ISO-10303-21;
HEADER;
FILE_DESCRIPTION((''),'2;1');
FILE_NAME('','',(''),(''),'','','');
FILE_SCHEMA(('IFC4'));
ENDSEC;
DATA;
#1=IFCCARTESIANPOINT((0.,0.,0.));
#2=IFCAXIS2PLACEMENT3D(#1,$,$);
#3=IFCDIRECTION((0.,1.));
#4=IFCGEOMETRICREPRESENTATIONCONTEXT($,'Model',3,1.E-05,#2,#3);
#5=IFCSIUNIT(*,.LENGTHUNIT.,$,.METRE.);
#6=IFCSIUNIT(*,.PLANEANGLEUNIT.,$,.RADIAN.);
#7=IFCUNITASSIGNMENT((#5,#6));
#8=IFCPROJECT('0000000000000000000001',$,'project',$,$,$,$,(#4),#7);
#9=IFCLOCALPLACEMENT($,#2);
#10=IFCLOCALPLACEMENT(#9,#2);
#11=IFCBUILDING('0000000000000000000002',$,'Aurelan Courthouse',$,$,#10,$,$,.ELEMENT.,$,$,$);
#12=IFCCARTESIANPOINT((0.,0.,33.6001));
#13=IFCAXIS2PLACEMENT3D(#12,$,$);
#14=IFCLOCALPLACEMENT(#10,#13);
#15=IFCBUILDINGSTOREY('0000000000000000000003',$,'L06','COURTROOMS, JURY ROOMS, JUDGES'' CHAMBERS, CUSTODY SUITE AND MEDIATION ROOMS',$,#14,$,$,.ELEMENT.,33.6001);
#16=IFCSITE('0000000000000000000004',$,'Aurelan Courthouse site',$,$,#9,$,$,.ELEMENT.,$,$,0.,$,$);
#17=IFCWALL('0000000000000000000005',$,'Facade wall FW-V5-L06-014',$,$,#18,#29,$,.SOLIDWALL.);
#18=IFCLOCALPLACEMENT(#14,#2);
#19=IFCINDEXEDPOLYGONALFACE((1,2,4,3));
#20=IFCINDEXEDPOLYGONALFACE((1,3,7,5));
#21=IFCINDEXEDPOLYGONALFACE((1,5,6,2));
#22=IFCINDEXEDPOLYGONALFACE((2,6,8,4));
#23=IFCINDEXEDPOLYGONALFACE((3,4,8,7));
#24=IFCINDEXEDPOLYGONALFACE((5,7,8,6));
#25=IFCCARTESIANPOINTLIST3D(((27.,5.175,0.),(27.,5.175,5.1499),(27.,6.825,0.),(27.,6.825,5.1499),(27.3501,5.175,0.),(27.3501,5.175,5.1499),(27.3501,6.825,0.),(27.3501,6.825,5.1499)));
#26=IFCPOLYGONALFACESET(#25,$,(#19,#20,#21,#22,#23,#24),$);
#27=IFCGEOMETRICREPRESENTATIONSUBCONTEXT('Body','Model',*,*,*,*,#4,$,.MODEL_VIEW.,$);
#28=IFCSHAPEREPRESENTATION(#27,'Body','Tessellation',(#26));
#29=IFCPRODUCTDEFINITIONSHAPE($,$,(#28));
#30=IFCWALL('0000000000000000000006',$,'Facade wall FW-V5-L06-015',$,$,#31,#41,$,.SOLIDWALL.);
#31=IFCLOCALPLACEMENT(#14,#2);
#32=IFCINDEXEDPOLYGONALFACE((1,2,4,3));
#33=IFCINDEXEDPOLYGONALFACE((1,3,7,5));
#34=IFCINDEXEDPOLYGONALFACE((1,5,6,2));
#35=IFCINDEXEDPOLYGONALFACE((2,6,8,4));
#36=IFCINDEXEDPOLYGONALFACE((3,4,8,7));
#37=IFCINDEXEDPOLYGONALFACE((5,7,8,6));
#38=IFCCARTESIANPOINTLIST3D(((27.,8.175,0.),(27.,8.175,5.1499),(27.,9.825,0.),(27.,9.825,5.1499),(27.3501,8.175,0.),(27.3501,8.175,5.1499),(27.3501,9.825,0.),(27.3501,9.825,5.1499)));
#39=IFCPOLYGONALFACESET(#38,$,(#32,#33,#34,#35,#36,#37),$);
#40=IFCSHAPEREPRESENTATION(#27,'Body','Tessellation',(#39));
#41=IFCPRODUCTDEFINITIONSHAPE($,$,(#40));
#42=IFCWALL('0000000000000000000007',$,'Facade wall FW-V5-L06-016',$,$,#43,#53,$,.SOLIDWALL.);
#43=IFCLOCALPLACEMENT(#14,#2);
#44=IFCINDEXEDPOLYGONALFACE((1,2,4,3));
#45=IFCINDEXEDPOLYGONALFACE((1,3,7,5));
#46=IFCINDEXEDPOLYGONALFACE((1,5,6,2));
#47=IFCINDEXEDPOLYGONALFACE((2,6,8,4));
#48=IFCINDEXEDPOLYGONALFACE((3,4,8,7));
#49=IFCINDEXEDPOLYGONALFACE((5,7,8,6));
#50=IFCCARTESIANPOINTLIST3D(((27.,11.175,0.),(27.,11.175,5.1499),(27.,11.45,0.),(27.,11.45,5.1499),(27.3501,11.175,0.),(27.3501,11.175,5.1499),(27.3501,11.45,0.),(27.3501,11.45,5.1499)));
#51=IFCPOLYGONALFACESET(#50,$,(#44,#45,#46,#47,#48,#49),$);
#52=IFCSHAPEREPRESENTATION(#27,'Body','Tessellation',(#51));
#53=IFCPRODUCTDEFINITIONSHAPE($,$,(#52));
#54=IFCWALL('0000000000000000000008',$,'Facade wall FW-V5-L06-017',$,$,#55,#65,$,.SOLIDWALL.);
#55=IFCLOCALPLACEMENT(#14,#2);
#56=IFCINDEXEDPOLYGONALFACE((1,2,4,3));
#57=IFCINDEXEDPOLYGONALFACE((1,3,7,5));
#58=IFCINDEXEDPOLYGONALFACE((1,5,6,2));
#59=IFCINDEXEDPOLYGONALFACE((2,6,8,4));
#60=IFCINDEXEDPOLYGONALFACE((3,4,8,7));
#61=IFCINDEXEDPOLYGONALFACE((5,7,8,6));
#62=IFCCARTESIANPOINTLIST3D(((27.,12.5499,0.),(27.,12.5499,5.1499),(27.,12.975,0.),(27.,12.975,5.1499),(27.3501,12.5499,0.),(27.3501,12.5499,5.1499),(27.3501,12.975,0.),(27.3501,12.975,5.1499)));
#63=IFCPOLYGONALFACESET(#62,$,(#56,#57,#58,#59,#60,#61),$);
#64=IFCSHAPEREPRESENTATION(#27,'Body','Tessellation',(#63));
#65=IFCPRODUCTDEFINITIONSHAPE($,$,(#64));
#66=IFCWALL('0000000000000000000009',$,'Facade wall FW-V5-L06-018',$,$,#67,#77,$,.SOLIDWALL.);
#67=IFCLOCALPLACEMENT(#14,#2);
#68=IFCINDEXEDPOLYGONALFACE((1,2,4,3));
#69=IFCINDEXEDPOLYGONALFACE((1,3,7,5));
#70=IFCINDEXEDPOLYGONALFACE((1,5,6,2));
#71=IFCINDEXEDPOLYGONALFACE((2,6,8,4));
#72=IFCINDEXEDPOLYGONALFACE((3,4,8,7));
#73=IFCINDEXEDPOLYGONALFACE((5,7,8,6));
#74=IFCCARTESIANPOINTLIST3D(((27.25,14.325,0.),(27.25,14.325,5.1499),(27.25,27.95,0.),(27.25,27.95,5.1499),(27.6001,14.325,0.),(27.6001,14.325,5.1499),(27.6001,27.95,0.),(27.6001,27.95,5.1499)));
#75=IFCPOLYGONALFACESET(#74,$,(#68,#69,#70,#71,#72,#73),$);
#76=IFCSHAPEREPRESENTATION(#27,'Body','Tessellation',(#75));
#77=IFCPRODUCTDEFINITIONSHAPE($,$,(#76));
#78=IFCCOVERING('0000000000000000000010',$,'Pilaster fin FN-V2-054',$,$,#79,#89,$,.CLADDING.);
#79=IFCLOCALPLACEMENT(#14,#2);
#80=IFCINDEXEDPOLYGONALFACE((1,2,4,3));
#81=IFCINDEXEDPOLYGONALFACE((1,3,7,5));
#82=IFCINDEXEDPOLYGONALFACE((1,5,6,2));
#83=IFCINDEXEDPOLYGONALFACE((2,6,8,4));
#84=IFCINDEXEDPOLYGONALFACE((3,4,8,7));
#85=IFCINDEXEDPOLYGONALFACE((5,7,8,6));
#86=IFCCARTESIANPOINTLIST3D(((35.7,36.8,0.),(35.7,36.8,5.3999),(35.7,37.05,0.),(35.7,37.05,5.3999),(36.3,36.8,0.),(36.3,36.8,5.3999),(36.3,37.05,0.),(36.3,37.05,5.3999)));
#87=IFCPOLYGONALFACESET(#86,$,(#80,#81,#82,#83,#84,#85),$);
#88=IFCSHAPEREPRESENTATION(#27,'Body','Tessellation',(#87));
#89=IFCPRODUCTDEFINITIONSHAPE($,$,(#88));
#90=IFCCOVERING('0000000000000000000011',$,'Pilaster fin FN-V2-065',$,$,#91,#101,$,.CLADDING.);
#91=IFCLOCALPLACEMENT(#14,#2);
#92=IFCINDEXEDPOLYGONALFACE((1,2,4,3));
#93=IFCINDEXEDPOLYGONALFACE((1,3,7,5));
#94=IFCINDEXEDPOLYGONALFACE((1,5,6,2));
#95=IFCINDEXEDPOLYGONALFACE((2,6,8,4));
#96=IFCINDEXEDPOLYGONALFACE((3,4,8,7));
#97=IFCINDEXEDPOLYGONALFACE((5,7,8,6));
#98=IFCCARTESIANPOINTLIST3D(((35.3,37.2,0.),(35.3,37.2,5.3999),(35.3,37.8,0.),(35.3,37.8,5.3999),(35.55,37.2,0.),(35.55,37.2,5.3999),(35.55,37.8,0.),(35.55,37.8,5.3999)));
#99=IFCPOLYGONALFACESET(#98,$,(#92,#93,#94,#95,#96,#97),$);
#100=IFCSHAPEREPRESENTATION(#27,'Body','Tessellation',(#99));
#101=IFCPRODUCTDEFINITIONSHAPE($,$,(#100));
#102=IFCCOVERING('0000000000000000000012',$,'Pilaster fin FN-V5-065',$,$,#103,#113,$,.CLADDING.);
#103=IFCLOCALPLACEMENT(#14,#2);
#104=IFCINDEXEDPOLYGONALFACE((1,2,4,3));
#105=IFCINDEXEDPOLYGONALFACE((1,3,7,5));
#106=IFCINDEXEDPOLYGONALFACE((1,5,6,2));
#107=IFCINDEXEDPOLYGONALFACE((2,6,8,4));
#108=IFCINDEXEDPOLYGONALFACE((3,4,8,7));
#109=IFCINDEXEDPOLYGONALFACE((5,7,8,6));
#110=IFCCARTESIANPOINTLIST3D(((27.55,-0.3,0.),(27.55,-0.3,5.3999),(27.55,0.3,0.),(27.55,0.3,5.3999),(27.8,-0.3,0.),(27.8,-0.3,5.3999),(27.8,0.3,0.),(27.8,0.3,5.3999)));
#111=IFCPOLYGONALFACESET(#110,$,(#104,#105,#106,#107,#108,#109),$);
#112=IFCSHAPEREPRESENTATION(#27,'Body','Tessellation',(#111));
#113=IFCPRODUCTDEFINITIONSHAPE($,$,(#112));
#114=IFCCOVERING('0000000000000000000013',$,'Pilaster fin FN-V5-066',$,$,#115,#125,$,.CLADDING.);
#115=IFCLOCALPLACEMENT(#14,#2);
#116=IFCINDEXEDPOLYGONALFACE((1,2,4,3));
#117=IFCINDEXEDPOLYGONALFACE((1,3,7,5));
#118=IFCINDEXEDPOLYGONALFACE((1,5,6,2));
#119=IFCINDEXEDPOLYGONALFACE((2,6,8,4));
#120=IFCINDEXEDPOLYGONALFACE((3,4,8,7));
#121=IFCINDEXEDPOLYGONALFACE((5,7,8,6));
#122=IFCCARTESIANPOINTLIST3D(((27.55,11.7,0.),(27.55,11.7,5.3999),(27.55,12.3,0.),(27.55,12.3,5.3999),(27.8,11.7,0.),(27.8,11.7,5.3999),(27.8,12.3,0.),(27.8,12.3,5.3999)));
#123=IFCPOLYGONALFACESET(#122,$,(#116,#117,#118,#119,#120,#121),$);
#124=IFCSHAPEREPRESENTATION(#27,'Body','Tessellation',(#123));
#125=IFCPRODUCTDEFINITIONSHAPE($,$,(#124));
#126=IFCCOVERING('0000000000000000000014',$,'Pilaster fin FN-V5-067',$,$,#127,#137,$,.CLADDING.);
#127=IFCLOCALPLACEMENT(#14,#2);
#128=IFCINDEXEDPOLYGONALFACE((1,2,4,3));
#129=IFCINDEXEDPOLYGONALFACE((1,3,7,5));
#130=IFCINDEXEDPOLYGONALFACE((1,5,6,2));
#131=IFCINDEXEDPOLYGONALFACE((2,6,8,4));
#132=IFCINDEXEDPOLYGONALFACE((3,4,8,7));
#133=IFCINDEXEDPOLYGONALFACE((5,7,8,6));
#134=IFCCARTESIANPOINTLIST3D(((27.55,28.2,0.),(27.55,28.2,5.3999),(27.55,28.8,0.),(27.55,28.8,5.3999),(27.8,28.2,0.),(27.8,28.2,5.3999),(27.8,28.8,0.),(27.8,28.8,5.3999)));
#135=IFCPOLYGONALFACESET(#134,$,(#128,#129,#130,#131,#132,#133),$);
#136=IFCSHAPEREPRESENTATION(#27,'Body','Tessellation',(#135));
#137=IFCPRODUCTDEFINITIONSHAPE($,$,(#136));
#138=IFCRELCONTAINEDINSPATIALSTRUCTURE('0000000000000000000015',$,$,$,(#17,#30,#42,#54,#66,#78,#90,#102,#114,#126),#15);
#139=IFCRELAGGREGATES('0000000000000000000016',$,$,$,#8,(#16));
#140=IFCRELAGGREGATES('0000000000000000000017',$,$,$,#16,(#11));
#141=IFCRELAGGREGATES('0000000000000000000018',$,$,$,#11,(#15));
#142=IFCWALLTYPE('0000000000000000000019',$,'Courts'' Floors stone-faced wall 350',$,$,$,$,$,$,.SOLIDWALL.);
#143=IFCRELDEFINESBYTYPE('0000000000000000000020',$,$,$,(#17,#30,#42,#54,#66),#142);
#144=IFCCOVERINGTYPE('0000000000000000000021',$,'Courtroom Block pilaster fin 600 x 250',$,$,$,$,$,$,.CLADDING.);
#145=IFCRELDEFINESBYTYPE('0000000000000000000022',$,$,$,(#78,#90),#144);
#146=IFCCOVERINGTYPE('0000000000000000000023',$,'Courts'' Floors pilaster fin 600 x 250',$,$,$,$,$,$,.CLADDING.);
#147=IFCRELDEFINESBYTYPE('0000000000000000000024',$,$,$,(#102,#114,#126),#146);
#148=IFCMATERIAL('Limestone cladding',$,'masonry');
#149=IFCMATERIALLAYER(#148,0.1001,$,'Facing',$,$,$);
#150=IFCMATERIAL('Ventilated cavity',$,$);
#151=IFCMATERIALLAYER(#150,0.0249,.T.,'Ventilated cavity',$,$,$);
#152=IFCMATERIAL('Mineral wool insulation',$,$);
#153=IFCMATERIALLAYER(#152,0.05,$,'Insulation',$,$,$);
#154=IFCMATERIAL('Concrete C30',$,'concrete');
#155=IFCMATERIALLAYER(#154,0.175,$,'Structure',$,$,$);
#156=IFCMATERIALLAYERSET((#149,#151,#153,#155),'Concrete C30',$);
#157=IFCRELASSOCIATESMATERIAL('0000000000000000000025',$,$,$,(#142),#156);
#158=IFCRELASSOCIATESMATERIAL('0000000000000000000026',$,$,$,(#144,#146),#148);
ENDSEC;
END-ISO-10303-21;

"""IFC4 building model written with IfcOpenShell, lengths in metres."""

from ifc_helpers import new_model, si_unit, direction, frame, frame_2d, origin, origin_2d, place, context, subcontext, project, spatial, rectangle, extrude, material, layer, layer_set, type_object, element, save


model = new_model("IFC4")

# Units and contexts
model_context = context("Model", 3, precision=1e-05, world=origin(), true_north=direction((0.0, 1.0)))
body_context = subcontext(model_context, "Body", "Model", "MODEL_VIEW")
ifc_project = project(units=[si_unit("LENGTHUNIT", "METRE"), si_unit("PLANEANGLEUNIT", "RADIAN")], contexts=[model_context])

# Site, building, storey
site_placement = place(None, origin())
site = spatial("IfcSite", under=ifc_project, at=site_placement, Name="Aurelan Courthouse site", CompositionType="ELEMENT", RefElevation=0.0)
building_placement = place(site_placement, origin())
building = spatial("IfcBuilding", under=site, at=building_placement, Name="Aurelan Courthouse", CompositionType="ELEMENT")
storey_placement = place(building_placement, frame((0.0, 0.0, 33.6001)))
storey = spatial("IfcBuildingStorey", under=building, at=storey_placement, Name="L06", Description="COURTROOMS, JURY ROOMS, JUDGES' CHAMBERS, CUSTODY SUITE AND MEDIATION ROOMS", CompositionType="ELEMENT", Elevation=33.6001)

# Shared definitions
ifc_material_1 = material(Name="Limestone cladding", Category="masonry")
ifc_material_2 = material(Name="Ventilated cavity")
ifc_material_3 = material(Name="Mineral wool insulation")
ifc_material_4 = material(Name="Concrete C30", Category="concrete")

# Walls
ifc_layer_1 = layer(ifc_material_1, 0.1001, Name="Facing")
ifc_layer_2 = layer(ifc_material_2, 0.0249, ventilated=True, Name="Ventilated cavity")
ifc_layer_3 = layer(ifc_material_3, 0.05, Name="Insulation")
ifc_layer_4 = layer(ifc_material_4, 0.175, Name="Structure")
ifc_layer_set_1 = layer_set([ifc_layer_1, ifc_layer_2, ifc_layer_3, ifc_layer_4], Name="Concrete C30")
wall_type_1 = type_object("IfcWallType", Name="Courts' Floors stone-faced wall 350", PredefinedType="SOLIDWALL", material=ifc_layer_set_1)
for number, where, z_axis, x_axis, name in (
    (1, (27.175, 5.175, 0.0), (0.0, 0.0, 1.0), (0.0, 1.0, 0.0), "Facade wall FW-V5-L06-014"),
    (2, (27.175, 8.175, 0.0), (0.0, 0.0, 1.0), (0.0, 1.0, 0.0), "Facade wall FW-V5-L06-015"),
):
    element("IfcWall", number, at=place(storey_placement, frame(where, z_axis=z_axis, x_axis=x_axis)), inside=storey, type_object=wall_type_1, Name=name, PredefinedType="SOLIDWALL", context=body_context, shape_type="SweptSolid", body=[
        extrude(rectangle(XDim=1.6499, YDim=0.3501, at=frame_2d((0.825, 0.0))), origin(), (0.0, 0.0, 1.0), 5.1499),
    ])
wall_1_placement = place(storey_placement, frame((27.175, 11.175, 0.0), z_axis=(0.0, 0.0, 1.0), x_axis=(0.0, 1.0, 0.0)))
element("IfcWall", 3, at=wall_1_placement, inside=storey, type_object=wall_type_1, Name="Facade wall FW-V5-L06-016", PredefinedType="SOLIDWALL", context=body_context, shape_type="SweptSolid", body=[
    extrude(rectangle(XDim=0.2749, YDim=0.3501, at=frame_2d((0.1375, 0.0))), origin(), (0.0, 0.0, 1.0), 5.1499),
])
wall_2_placement = place(storey_placement, frame((27.175, 12.55, 0.0), z_axis=(0.0, 0.0, 1.0), x_axis=(0.0, 1.0, 0.0)))
element("IfcWall", 4, at=wall_2_placement, inside=storey, type_object=wall_type_1, Name="Facade wall FW-V5-L06-017", PredefinedType="SOLIDWALL", context=body_context, shape_type="SweptSolid", body=[
    extrude(rectangle(XDim=0.425, YDim=0.3501, at=frame_2d((0.2124, 0.0))), origin(), (0.0, 0.0, 1.0), 5.1499),
])
wall_3_placement = place(storey_placement, frame((27.425, 14.325, 0.0), z_axis=(0.0, 0.0, 1.0), x_axis=(0.0, 1.0, 0.0)))
element("IfcWall", 5, at=wall_3_placement, inside=storey, type_object=wall_type_1, Name="Facade wall FW-V5-L06-018", PredefinedType="SOLIDWALL", context=body_context, shape_type="SweptSolid", body=[
    extrude(rectangle(XDim=13.625, YDim=0.3501, at=frame_2d((6.8125, 0.0))), origin(), (0.0, 0.0, 1.0), 5.1499),
])

# Coverings
covering_type_1 = type_object("IfcCoveringType", Name="Courtroom Block pilaster fin 600 x 250", PredefinedType="CLADDING", material=ifc_material_1)
covering_1_placement = place(storey_placement, frame((36.0, 36.925, 0.0), z_axis=(0.0, 0.0, 1.0), x_axis=(1.0, 0.0, 0.0)))
element("IfcCovering", 6, at=covering_1_placement, inside=storey, type_object=covering_type_1, Name="Pilaster fin FN-V2-054", PredefinedType="CLADDING", context=body_context, shape_type="SweptSolid", body=[
    extrude(rectangle(XDim=0.6001, YDim=0.25, at=origin_2d()), origin(), (0.0, 0.0, 1.0), 5.3999),
])
covering_2_placement = place(storey_placement, frame((35.425, 37.5, 0.0), z_axis=(0.0, 0.0, 1.0), x_axis=(1.0, 0.0, 0.0)))
element("IfcCovering", 7, at=covering_2_placement, inside=storey, type_object=covering_type_1, Name="Pilaster fin FN-V2-065", PredefinedType="CLADDING", context=body_context, shape_type="SweptSolid", body=[
    extrude(rectangle(XDim=0.25, YDim=0.6001, at=origin_2d()), origin(), (0.0, 0.0, 1.0), 5.3999),
])
covering_type_2 = type_object("IfcCoveringType", Name="Courts' Floors pilaster fin 600 x 250", PredefinedType="CLADDING", material=ifc_material_1)
for number, where, z_axis, x_axis, name in (
    (8, (27.675, 0.0, 0.0), (0.0, 0.0, 1.0), (1.0, 0.0, 0.0), "Pilaster fin FN-V5-065"),
    (9, (27.675, 12.0, 0.0), (0.0, 0.0, 1.0), (1.0, 0.0, 0.0), "Pilaster fin FN-V5-066"),
    (10, (27.675, 28.5, 0.0), (0.0, 0.0, 1.0), (1.0, 0.0, 0.0), "Pilaster fin FN-V5-067"),
):
    element("IfcCovering", number, at=place(storey_placement, frame(where, z_axis=z_axis, x_axis=x_axis)), inside=storey, type_object=covering_type_2, Name=name, PredefinedType="CLADDING", context=body_context, shape_type="SweptSolid", body=[
        extrude(rectangle(XDim=0.25, YDim=0.6001, at=origin_2d()), origin(), (0.0, 0.0, 1.0), 5.3999),
    ])

save(model, "model.ifc")
